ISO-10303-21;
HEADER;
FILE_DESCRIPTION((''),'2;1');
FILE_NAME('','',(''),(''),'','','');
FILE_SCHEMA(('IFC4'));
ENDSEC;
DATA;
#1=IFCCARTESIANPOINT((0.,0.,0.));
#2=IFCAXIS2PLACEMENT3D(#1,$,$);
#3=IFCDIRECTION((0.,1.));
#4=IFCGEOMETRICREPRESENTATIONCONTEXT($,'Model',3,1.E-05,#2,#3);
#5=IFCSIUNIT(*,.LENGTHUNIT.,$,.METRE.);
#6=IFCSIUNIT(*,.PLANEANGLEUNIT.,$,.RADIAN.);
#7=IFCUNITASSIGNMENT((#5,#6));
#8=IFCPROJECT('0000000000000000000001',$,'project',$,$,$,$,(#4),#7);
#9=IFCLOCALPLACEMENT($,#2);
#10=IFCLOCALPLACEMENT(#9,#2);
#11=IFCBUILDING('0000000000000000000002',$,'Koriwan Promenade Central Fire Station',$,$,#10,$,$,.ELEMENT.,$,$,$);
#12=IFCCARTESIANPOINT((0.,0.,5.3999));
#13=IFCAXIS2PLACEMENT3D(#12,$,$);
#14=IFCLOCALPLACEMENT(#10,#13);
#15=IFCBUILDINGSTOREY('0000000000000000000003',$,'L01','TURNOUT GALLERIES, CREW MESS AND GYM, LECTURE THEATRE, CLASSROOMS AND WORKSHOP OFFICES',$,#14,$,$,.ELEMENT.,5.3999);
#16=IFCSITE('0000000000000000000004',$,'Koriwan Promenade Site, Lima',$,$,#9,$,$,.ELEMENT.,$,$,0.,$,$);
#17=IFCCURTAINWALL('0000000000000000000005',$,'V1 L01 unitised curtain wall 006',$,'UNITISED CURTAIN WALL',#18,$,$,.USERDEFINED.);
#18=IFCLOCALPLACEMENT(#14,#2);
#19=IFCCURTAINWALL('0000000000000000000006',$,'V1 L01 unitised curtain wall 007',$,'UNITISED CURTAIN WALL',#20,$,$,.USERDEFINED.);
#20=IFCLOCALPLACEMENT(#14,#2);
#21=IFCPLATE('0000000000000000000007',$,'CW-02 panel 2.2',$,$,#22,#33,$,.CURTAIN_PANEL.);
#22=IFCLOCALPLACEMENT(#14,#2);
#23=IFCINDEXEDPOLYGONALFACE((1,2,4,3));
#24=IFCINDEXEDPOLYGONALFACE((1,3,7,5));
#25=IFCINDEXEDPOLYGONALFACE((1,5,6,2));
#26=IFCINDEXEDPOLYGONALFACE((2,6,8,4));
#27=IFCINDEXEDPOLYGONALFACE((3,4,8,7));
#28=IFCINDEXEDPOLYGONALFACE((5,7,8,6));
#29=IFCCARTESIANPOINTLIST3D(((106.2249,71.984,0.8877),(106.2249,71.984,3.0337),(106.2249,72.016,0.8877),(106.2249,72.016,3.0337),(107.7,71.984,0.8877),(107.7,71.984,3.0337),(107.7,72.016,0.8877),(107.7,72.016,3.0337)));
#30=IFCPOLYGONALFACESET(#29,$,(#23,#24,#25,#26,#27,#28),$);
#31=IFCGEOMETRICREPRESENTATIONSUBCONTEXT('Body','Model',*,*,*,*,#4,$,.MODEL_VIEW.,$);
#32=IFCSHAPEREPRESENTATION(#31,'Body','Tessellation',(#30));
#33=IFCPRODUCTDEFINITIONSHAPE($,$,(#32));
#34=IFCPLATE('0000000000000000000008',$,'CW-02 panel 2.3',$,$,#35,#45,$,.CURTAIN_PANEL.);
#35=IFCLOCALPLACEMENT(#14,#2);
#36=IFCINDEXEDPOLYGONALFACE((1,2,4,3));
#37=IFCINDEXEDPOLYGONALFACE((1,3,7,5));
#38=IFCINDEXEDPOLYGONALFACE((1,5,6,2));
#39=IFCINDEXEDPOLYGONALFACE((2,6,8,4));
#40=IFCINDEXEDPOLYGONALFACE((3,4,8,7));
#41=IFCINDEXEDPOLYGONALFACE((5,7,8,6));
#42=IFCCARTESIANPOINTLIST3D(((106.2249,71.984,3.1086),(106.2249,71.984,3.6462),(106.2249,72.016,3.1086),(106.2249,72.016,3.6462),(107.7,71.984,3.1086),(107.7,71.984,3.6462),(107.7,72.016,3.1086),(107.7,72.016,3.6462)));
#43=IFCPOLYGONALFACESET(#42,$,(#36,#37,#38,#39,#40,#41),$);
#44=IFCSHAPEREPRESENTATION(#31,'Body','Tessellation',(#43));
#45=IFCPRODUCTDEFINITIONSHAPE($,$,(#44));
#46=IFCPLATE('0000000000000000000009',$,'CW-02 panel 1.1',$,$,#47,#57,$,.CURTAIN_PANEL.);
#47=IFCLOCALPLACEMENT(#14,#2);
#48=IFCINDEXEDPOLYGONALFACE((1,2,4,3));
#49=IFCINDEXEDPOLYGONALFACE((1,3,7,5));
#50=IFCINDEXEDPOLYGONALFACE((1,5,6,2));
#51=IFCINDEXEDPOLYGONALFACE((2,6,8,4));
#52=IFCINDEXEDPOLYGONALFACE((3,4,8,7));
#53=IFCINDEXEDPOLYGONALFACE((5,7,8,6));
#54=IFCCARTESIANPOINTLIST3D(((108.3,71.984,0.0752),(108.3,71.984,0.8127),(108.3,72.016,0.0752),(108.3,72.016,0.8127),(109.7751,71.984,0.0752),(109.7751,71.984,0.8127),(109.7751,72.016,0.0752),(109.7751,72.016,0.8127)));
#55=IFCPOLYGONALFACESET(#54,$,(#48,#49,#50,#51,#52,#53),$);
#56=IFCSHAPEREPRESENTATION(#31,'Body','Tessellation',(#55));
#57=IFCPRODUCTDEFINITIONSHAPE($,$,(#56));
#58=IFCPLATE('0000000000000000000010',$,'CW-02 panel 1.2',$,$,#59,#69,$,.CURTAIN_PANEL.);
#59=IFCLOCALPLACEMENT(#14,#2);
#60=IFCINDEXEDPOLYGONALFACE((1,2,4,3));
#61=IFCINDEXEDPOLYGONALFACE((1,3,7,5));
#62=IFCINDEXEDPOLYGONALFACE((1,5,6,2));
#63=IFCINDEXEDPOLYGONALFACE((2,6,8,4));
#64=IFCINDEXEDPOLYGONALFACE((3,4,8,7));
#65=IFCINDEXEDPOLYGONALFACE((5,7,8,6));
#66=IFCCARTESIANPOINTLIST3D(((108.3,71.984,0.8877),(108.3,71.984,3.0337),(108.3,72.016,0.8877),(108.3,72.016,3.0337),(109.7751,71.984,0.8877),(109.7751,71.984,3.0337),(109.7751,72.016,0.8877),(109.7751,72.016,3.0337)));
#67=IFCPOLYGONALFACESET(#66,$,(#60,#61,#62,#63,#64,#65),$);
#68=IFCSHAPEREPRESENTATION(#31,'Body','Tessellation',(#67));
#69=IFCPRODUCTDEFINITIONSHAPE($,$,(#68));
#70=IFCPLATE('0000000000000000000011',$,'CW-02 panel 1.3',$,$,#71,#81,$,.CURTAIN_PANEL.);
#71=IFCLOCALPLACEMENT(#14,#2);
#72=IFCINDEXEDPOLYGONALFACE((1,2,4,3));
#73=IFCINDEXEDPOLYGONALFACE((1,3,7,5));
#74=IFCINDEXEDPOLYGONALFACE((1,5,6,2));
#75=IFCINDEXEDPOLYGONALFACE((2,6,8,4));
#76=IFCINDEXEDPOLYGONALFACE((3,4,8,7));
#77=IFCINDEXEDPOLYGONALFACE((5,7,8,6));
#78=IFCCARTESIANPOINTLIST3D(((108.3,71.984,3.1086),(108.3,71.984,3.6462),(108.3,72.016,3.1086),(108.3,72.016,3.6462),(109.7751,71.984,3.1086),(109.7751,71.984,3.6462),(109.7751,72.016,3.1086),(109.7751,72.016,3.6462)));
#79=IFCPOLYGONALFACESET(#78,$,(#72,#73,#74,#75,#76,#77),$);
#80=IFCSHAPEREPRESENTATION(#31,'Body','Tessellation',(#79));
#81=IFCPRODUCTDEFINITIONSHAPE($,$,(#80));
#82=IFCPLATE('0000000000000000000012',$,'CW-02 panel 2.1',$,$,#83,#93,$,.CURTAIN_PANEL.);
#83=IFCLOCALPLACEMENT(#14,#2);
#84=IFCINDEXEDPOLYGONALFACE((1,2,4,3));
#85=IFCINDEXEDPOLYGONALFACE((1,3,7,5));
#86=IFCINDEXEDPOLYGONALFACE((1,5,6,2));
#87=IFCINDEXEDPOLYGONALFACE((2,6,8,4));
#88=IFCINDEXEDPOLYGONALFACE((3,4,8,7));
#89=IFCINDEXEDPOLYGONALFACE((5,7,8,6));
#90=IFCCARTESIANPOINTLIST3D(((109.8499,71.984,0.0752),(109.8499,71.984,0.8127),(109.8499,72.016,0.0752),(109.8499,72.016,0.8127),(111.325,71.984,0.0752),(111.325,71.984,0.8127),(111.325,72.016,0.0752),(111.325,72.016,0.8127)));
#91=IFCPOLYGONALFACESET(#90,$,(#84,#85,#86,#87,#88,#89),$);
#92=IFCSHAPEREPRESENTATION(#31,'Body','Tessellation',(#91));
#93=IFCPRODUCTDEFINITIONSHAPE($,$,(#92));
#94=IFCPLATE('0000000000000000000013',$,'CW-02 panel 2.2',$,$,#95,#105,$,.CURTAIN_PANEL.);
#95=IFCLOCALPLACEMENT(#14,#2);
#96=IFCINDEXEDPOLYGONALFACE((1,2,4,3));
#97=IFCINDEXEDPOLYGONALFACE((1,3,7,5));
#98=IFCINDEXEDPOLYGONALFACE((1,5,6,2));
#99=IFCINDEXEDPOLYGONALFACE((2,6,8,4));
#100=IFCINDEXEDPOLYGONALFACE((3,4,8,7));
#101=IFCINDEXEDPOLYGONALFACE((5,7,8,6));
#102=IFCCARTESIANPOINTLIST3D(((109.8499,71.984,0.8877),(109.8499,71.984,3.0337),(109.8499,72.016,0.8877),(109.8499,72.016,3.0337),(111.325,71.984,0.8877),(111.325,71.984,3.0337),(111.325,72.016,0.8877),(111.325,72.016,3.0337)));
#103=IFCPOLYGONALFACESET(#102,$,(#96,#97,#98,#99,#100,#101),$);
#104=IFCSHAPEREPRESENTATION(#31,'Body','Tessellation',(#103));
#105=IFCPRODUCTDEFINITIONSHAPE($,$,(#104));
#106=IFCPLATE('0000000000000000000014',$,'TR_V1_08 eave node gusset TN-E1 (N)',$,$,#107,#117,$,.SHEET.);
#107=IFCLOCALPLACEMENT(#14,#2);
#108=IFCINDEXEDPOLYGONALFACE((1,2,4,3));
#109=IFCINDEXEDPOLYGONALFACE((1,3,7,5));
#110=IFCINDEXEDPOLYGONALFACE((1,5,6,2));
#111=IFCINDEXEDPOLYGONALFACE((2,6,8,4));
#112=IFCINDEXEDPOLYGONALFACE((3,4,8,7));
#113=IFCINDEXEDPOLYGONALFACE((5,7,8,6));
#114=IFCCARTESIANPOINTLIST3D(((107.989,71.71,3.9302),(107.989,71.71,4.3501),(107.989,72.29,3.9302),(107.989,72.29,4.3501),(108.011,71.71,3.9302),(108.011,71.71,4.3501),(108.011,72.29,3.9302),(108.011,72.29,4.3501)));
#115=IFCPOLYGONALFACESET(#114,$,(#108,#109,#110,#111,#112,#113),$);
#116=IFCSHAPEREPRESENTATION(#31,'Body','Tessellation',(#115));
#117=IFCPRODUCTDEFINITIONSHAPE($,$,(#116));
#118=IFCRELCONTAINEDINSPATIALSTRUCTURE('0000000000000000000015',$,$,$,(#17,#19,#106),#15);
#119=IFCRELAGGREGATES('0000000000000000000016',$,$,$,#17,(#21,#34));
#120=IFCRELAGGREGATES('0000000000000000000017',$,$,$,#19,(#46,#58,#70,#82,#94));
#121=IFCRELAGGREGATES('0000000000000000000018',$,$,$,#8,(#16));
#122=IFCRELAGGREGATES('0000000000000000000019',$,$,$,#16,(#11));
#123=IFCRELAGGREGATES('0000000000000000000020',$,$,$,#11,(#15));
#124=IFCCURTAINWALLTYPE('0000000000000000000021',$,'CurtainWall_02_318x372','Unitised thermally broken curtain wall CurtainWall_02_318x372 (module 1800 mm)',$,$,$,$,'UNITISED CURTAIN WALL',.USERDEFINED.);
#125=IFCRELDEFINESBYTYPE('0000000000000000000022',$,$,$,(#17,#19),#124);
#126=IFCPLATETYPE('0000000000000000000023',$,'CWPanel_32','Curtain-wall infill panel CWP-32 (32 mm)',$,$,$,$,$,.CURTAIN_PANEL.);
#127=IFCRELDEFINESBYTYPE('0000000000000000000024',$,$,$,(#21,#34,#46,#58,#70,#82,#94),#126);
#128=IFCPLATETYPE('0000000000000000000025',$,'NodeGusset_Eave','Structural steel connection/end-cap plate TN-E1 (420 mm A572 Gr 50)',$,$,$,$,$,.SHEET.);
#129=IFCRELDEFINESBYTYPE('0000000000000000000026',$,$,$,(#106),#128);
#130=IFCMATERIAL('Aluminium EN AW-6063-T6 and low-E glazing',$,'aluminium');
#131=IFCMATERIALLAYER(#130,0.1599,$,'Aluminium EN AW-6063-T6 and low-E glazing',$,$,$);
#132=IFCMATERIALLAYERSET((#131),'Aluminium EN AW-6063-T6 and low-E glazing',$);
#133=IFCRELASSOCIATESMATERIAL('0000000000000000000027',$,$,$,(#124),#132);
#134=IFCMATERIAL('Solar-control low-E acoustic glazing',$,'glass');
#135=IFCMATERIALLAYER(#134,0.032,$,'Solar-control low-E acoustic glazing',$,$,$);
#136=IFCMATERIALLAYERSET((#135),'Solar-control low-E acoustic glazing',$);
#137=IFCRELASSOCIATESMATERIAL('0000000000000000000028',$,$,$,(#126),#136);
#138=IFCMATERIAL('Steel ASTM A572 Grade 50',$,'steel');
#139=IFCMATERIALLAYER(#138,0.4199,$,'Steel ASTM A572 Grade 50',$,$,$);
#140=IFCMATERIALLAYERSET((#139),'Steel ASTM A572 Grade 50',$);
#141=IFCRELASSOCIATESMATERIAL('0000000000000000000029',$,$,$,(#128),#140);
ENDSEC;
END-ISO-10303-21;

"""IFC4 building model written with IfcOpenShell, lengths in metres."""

from ifc_helpers import new_model, si_unit, direction, frame, origin, origin_2d, place, context, subcontext, project, spatial, rectangle, extrude, material, layer, layer_set, type_object, element, aggregate, save


model = new_model("IFC4")

# Units and contexts
model_context = context("Model", 3, precision=1e-05, world=origin(), true_north=direction((0.0, 1.0)))
body_context = subcontext(model_context, "Body", "Model", "MODEL_VIEW")
ifc_project = project(units=[si_unit("LENGTHUNIT", "METRE"), si_unit("PLANEANGLEUNIT", "RADIAN")], contexts=[model_context])

# Site, building, storey
site_placement = place(None, origin())
site = spatial("IfcSite", under=ifc_project, at=site_placement, Name="Koriwan Promenade Site, Lima", CompositionType="ELEMENT", RefElevation=0.0)
building_placement = place(site_placement, origin())
building = spatial("IfcBuilding", under=site, at=building_placement, Name="Koriwan Promenade Central Fire Station", CompositionType="ELEMENT")
storey_placement = place(building_placement, frame((0.0, 0.0, 5.3999)))
storey = spatial("IfcBuildingStorey", under=building, at=storey_placement, Name="L01", Description="TURNOUT GALLERIES, CREW MESS AND GYM, LECTURE THEATRE, CLASSROOMS AND WORKSHOP OFFICES", CompositionType="ELEMENT", Elevation=5.3999)

# Curtain walls
ifc_material_1 = material(Name="Aluminium EN AW-6063-T6 and low-E glazing", Category="aluminium")
ifc_layer_1 = layer(ifc_material_1, 0.1599, Name="Aluminium EN AW-6063-T6 and low-E glazing")
ifc_layer_set_1 = layer_set([ifc_layer_1], Name="Aluminium EN AW-6063-T6 and low-E glazing")
curtain_wall_type = type_object("IfcCurtainWallType", Name="CurtainWall_02_318x372", Description="Unitised thermally broken curtain wall CurtainWall_02_318x372 (module 1800 mm)", ElementType="UNITISED CURTAIN WALL", PredefinedType="USERDEFINED", material=ifc_layer_set_1)
curtain_wall_1_placement = place(storey_placement, origin())
curtain_wall_1 = element("IfcCurtainWall", 1, at=curtain_wall_1_placement, inside=storey, type_object=curtain_wall_type, Name="V1 L01 unitised curtain wall 006", ObjectType="UNITISED CURTAIN WALL", PredefinedType="USERDEFINED")
curtain_wall_2_placement = place(storey_placement, origin())
curtain_wall_2 = element("IfcCurtainWall", 2, at=curtain_wall_2_placement, inside=storey, type_object=curtain_wall_type, Name="V1 L01 unitised curtain wall 007", ObjectType="UNITISED CURTAIN WALL", PredefinedType="USERDEFINED")

# Plates
ifc_material_2 = material(Name="Solar-control low-E acoustic glazing", Category="glass")
ifc_layer_2 = layer(ifc_material_2, 0.032, Name="Solar-control low-E acoustic glazing")
ifc_layer_set_2 = layer_set([ifc_layer_2], Name="Solar-control low-E acoustic glazing")
plate_type_1 = type_object("IfcPlateType", Name="CWPanel_32", Description="Curtain-wall infill panel CWP-32 (32 mm)", PredefinedType="CURTAIN_PANEL", material=ifc_layer_set_2)
plate_1_placement = place(storey_placement, frame((106.9624, 72.0, 0.8877), z_axis=(0.0, 0.0, 1.0), x_axis=(1.0, 0.0, 0.0)))
plate_1 = element("IfcPlate", 3, at=plate_1_placement, type_object=plate_type_1, Name="CW-02 panel 2.2", PredefinedType="CURTAIN_PANEL", context=body_context, shape_type="SweptSolid", body=[
    extrude(rectangle(XDim=1.4751, YDim=0.032, at=origin_2d()), origin(), (0.0, 0.0, 1.0), 2.146),
])
plate_2_placement = place(storey_placement, frame((106.9624, 72.0, 3.1086), z_axis=(0.0, 0.0, 1.0), x_axis=(1.0, 0.0, 0.0)))
plate_2 = element("IfcPlate", 4, at=plate_2_placement, type_object=plate_type_1, Name="CW-02 panel 2.3", PredefinedType="CURTAIN_PANEL", context=body_context, shape_type="SweptSolid", body=[
    extrude(rectangle(XDim=1.4751, YDim=0.032, at=origin_2d()), origin(), (0.0, 0.0, 1.0), 0.5376),
])
aggregate(curtain_wall_1, [plate_1, plate_2])
plate_3_placement = place(storey_placement, frame((109.0376, 72.0, 0.0752), z_axis=(0.0, 0.0, 1.0), x_axis=(1.0, 0.0, 0.0)))
plate_3 = element("IfcPlate", 5, at=plate_3_placement, type_object=plate_type_1, Name="CW-02 panel 1.1", PredefinedType="CURTAIN_PANEL", context=body_context, shape_type="SweptSolid", body=[
    extrude(rectangle(XDim=1.4751, YDim=0.032, at=origin_2d()), origin(), (0.0, 0.0, 1.0), 0.7375),
])
plate_4_placement = place(storey_placement, frame((109.0376, 72.0, 0.8877), z_axis=(0.0, 0.0, 1.0), x_axis=(1.0, 0.0, 0.0)))
plate_4 = element("IfcPlate", 6, at=plate_4_placement, type_object=plate_type_1, Name="CW-02 panel 1.2", PredefinedType="CURTAIN_PANEL", context=body_context, shape_type="SweptSolid", body=[
    extrude(rectangle(XDim=1.4751, YDim=0.032, at=origin_2d()), origin(), (0.0, 0.0, 1.0), 2.146),
])
plate_5_placement = place(storey_placement, frame((109.0376, 72.0, 3.1086), z_axis=(0.0, 0.0, 1.0), x_axis=(1.0, 0.0, 0.0)))
plate_5 = element("IfcPlate", 7, at=plate_5_placement, type_object=plate_type_1, Name="CW-02 panel 1.3", PredefinedType="CURTAIN_PANEL", context=body_context, shape_type="SweptSolid", body=[
    extrude(rectangle(XDim=1.4751, YDim=0.032, at=origin_2d()), origin(), (0.0, 0.0, 1.0), 0.5376),
])
plate_6_placement = place(storey_placement, frame((110.5874, 72.0, 0.0752), z_axis=(0.0, 0.0, 1.0), x_axis=(1.0, 0.0, 0.0)))
plate_6 = element("IfcPlate", 8, at=plate_6_placement, type_object=plate_type_1, Name="CW-02 panel 2.1", PredefinedType="CURTAIN_PANEL", context=body_context, shape_type="SweptSolid", body=[
    extrude(rectangle(XDim=1.4751, YDim=0.032, at=origin_2d()), origin(), (0.0, 0.0, 1.0), 0.7375),
])
plate_7_placement = place(storey_placement, frame((110.5874, 72.0, 0.8877), z_axis=(0.0, 0.0, 1.0), x_axis=(1.0, 0.0, 0.0)))
plate_7 = element("IfcPlate", 9, at=plate_7_placement, type_object=plate_type_1, Name="CW-02 panel 2.2", PredefinedType="CURTAIN_PANEL", context=body_context, shape_type="SweptSolid", body=[
    extrude(rectangle(XDim=1.4751, YDim=0.032, at=origin_2d()), origin(), (0.0, 0.0, 1.0), 2.146),
])
aggregate(curtain_wall_2, [plate_3, plate_4, plate_5, plate_6, plate_7])
ifc_material_3 = material(Name="Steel ASTM A572 Grade 50", Category="steel")
ifc_layer_3 = layer(ifc_material_3, 0.4199, Name="Steel ASTM A572 Grade 50")
ifc_layer_set_3 = layer_set([ifc_layer_3], Name="Steel ASTM A572 Grade 50")
plate_type_2 = type_object("IfcPlateType", Name="NodeGusset_Eave", Description="Structural steel connection/end-cap plate TN-E1 (420 mm A572 Gr 50)", PredefinedType="SHEET", material=ifc_layer_set_3)
plate_8_placement = place(storey_placement, frame((108.0, 72.0, 3.9302), z_axis=(0.0, 0.0, 1.0), x_axis=(1.0, 0.0, 0.0)))
element("IfcPlate", 10, at=plate_8_placement, inside=storey, type_object=plate_type_2, Name="TR_V1_08 eave node gusset TN-E1 (N)", PredefinedType="SHEET", context=body_context, shape_type="SweptSolid", body=[
    extrude(rectangle(XDim=0.022, YDim=0.5801, at=origin_2d()), origin(), (0.0, 0.0, 1.0), 0.4199),
])

save(model, "model.ifc")
